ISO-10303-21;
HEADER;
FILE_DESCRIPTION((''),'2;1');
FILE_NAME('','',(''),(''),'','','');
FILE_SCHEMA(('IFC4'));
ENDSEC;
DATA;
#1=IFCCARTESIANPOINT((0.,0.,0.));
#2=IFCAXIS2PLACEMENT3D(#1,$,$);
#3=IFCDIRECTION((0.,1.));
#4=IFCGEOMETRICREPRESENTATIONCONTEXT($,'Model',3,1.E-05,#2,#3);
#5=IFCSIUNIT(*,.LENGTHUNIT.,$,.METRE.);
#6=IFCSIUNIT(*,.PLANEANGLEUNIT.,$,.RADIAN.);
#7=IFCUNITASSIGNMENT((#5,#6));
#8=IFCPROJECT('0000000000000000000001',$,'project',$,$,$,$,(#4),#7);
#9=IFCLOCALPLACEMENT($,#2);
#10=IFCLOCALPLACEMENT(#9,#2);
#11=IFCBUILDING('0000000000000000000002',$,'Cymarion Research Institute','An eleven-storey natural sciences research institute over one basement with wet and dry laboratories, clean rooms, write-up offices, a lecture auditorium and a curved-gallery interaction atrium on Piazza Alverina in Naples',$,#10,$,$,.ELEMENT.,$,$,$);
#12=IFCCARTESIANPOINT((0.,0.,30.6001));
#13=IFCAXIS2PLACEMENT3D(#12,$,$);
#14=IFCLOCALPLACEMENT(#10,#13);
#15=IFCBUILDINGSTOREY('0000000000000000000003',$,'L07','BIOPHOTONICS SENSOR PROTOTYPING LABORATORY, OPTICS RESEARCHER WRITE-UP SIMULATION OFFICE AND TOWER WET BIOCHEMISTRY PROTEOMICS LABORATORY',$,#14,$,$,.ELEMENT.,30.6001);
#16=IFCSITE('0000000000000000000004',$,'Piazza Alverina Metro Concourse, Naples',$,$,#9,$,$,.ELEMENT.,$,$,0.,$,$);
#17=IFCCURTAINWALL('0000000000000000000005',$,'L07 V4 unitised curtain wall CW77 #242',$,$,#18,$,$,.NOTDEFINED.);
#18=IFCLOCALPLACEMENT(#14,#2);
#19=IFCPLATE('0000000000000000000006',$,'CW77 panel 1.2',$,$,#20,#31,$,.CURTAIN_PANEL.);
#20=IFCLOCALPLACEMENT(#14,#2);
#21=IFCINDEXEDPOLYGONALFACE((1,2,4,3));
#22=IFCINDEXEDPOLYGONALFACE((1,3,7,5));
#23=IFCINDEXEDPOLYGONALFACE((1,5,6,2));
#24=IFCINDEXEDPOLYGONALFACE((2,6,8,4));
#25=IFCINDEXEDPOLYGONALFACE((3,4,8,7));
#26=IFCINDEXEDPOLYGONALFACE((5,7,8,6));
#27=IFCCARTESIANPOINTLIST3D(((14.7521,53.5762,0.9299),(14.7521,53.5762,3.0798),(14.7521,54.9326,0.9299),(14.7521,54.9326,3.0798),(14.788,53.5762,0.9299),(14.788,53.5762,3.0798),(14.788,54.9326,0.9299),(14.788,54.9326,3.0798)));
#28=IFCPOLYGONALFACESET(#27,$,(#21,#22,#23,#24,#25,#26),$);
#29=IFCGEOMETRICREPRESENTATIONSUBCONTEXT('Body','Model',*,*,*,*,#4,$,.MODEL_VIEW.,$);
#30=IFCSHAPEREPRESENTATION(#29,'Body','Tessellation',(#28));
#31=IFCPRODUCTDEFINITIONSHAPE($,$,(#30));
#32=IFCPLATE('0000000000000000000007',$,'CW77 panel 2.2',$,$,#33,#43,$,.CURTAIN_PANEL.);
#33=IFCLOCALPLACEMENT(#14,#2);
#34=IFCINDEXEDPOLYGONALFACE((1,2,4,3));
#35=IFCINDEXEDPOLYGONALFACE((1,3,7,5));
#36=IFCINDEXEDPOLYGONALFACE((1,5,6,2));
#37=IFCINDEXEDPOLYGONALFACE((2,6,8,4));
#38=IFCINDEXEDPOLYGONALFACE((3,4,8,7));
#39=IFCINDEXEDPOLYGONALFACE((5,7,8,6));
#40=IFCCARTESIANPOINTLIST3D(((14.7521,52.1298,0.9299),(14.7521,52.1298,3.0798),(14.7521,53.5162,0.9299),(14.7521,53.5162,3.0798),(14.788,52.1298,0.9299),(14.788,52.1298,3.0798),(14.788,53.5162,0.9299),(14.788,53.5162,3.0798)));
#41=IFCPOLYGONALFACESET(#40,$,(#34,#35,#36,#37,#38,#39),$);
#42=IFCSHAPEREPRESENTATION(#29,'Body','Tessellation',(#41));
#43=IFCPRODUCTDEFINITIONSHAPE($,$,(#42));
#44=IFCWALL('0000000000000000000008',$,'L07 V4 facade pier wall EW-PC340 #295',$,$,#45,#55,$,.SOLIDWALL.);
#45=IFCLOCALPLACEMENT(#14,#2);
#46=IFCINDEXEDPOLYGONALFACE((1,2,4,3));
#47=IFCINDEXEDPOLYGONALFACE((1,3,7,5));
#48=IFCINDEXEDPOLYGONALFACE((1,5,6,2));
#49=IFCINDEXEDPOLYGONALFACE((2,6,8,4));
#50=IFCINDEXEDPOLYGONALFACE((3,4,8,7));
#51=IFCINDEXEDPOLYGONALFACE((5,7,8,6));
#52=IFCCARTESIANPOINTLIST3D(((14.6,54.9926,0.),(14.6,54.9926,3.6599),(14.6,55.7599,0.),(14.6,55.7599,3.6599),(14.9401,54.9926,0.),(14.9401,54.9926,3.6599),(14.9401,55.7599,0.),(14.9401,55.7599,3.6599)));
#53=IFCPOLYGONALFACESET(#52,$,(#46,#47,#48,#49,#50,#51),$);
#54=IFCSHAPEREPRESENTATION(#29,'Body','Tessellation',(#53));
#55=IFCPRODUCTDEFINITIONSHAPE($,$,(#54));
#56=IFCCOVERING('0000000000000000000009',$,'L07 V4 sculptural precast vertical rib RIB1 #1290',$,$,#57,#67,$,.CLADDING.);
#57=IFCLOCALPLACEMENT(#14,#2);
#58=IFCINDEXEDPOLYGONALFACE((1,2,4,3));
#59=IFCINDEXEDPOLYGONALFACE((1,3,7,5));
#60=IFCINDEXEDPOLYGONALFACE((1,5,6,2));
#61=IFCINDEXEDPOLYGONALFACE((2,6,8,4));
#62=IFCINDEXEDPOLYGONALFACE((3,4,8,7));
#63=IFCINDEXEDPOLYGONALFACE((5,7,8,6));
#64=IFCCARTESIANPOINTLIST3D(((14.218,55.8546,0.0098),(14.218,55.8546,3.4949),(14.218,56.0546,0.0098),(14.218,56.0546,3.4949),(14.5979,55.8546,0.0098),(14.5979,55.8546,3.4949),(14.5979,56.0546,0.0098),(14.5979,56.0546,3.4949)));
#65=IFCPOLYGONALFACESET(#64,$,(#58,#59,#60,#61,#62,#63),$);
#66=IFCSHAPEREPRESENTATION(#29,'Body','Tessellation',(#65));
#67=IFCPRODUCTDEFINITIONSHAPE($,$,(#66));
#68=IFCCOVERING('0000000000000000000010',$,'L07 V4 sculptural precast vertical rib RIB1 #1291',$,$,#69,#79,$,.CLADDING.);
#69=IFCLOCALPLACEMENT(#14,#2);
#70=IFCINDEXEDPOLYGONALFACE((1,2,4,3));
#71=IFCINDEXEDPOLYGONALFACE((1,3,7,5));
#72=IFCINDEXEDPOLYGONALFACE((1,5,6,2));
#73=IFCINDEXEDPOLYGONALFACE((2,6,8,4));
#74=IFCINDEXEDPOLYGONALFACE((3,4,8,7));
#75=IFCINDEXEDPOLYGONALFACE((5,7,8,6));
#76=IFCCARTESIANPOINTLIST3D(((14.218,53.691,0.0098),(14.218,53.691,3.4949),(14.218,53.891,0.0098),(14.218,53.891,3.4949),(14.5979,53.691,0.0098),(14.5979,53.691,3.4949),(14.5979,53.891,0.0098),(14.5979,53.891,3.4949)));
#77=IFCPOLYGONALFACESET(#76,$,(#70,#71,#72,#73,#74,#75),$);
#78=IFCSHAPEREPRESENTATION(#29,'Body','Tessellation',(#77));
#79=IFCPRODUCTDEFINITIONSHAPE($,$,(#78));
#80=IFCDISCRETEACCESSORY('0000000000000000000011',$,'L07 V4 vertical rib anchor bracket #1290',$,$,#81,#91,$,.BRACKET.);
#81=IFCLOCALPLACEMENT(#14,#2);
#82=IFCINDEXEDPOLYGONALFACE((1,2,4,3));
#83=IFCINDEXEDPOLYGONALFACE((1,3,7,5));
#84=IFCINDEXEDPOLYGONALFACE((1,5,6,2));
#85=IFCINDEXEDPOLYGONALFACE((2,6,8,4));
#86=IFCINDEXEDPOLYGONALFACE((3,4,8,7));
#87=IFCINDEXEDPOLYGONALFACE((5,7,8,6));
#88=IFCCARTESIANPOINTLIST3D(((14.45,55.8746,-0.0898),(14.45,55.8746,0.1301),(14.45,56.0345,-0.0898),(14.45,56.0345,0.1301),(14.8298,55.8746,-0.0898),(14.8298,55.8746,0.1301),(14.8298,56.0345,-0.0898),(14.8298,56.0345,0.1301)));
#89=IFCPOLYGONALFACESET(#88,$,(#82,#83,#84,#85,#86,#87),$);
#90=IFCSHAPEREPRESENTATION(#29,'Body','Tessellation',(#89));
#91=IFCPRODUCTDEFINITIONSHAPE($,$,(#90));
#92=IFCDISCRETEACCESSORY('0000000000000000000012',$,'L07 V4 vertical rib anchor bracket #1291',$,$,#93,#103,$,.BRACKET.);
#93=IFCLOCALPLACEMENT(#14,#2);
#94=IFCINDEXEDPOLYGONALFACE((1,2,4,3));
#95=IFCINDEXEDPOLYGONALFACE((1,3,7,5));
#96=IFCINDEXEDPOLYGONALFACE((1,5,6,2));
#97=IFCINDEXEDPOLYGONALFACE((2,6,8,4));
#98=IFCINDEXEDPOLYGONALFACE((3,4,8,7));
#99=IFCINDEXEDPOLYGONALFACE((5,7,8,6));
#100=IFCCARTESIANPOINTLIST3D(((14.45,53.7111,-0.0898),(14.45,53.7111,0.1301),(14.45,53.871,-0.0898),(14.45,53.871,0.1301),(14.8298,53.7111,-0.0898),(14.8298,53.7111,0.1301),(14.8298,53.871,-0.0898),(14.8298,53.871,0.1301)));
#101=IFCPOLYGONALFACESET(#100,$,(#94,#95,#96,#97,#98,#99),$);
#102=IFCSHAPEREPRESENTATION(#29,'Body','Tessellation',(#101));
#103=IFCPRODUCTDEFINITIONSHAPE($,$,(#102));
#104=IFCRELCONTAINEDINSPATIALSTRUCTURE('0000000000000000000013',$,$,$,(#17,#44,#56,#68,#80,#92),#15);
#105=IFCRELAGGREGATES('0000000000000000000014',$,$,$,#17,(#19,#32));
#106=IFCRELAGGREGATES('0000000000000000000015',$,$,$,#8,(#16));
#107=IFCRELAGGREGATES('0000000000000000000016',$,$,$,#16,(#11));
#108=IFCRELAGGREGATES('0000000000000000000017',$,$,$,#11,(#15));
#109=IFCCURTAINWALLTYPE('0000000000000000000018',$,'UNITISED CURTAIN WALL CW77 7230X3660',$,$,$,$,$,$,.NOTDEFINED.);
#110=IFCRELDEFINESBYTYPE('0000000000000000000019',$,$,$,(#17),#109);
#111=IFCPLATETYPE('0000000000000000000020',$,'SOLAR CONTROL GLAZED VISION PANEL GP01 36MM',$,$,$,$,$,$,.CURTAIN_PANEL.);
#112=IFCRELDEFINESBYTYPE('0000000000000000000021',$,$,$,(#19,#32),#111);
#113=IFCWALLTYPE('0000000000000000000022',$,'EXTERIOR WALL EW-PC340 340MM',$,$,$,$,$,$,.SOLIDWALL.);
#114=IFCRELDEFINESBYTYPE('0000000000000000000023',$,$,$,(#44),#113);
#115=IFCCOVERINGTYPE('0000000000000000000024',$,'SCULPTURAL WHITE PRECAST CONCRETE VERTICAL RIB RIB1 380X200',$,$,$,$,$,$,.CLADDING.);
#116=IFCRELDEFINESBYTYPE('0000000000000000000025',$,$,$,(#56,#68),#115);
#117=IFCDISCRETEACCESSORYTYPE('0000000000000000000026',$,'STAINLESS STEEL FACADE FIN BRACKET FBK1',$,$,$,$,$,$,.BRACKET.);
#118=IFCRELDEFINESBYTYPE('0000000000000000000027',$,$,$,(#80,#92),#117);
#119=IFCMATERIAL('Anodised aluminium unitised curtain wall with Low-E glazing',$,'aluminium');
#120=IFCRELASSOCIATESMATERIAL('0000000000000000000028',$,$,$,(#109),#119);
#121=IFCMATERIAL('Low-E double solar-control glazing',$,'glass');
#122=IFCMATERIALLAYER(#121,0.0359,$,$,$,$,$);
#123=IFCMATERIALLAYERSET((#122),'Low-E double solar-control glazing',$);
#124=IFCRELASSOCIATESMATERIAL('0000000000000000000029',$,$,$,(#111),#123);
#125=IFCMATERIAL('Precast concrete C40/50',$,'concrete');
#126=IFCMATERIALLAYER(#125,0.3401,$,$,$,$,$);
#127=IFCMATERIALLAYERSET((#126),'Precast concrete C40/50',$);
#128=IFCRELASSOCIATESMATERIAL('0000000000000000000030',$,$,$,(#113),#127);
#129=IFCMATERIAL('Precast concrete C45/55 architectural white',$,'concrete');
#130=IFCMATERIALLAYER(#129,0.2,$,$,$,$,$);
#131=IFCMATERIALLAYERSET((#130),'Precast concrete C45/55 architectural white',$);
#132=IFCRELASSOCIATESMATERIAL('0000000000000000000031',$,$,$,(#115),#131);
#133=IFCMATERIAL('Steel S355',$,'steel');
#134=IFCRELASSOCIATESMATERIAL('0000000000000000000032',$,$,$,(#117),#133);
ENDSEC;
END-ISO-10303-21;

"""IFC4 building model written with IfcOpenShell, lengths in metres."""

from ifc_helpers import new_model, si_unit, direction, frame, frame_2d, origin, origin_2d, place, context, subcontext, project, spatial, rectangle, extrude, material, layer, layer_set, type_object, element, aggregate, save


model = new_model("IFC4")

# Units and contexts
model_context = context("Model", 3, precision=1e-05, world=origin(), true_north=direction((0.0, 1.0)))
body_context = subcontext(model_context, "Body", "Model", "MODEL_VIEW")
ifc_project = project(units=[si_unit("LENGTHUNIT", "METRE"), si_unit("PLANEANGLEUNIT", "RADIAN")], contexts=[model_context])

# Site, building, storey
site_placement = place(None, origin())
site = spatial("IfcSite", under=ifc_project, at=site_placement, Name="Piazza Alverina Metro Concourse, Naples", CompositionType="ELEMENT", RefElevation=0.0)
building_placement = place(site_placement, origin())
building = spatial("IfcBuilding", under=site, at=building_placement, Name="Cymarion Research Institute", Description="An eleven-storey natural sciences research institute over one basement with wet and dry laboratories, clean rooms, write-up offices, a lecture auditorium and a curved-gallery interaction atrium on Piazza Alverina in Naples", CompositionType="ELEMENT")
storey_placement = place(building_placement, frame((0.0, 0.0, 30.6001)))
storey = spatial("IfcBuildingStorey", under=building, at=storey_placement, Name="L07", Description="BIOPHOTONICS SENSOR PROTOTYPING LABORATORY, OPTICS RESEARCHER WRITE-UP SIMULATION OFFICE AND TOWER WET BIOCHEMISTRY PROTEOMICS LABORATORY", CompositionType="ELEMENT", Elevation=30.6001)

# Shared definitions
ifc_material_1 = material(Name="Anodised aluminium unitised curtain wall with Low-E glazing", Category="aluminium")

# Curtain wall
curtain_wall_type_1 = type_object("IfcCurtainWallType", Name="UNITISED CURTAIN WALL CW77 7230X3660", PredefinedType="NOTDEFINED", material=ifc_material_1)
curtain_wall_1_placement = place(storey_placement, origin())
curtain_wall_1 = element("IfcCurtainWall", 1, at=curtain_wall_1_placement, inside=storey, type_object=curtain_wall_type_1, Name="L07 V4 unitised curtain wall CW77 #242", PredefinedType="NOTDEFINED")

# Shared definitions
ifc_material_2 = material(Name="Steel S355", Category="steel")

# Plates
ifc_material_3 = material(Name="Low-E double solar-control glazing", Category="glass")
ifc_layer_1 = layer(ifc_material_3, 0.0359)
ifc_layer_set_1 = layer_set([ifc_layer_1], Name="Low-E double solar-control glazing")
plate_type_1 = type_object("IfcPlateType", Name="SOLAR CONTROL GLAZED VISION PANEL GP01 36MM", PredefinedType="CURTAIN_PANEL", material=ifc_layer_set_1)
plate_1_placement = place(storey_placement, frame((14.77, 54.2544, 0.9299), z_axis=(0.0, 0.0, 1.0), x_axis=(0.0, -1.0, 0.0)))
plate_1 = element("IfcPlate", 2, at=plate_1_placement, type_object=plate_type_1, Name="CW77 panel 1.2", PredefinedType="CURTAIN_PANEL", context=body_context, shape_type="SweptSolid", body=[
    extrude(rectangle(XDim=1.3564, YDim=0.0359, at=origin_2d()), origin(), (0.0, 0.0, 1.0), 2.1499),
])
plate_2_placement = place(storey_placement, frame((14.77, 52.823, 0.9299), z_axis=(0.0, 0.0, 1.0), x_axis=(0.0, -1.0, 0.0)))
plate_2 = element("IfcPlate", 3, at=plate_2_placement, type_object=plate_type_1, Name="CW77 panel 2.2", PredefinedType="CURTAIN_PANEL", context=body_context, shape_type="SweptSolid", body=[
    extrude(rectangle(XDim=1.3865, YDim=0.0359, at=origin_2d()), origin(), (0.0, 0.0, 1.0), 2.1499),
])
aggregate(curtain_wall_1, [plate_1, plate_2])

# Wall
ifc_material_4 = material(Name="Precast concrete C40/50", Category="concrete")
ifc_layer_2 = layer(ifc_material_4, 0.3401)
ifc_layer_set_2 = layer_set([ifc_layer_2], Name="Precast concrete C40/50")
wall_type = type_object("IfcWallType", Name="EXTERIOR WALL EW-PC340 340MM", PredefinedType="SOLIDWALL", material=ifc_layer_set_2)
wall_placement = place(storey_placement, frame((14.77, 55.76, 0.0), z_axis=(0.0, 0.0, 1.0), x_axis=(0.0, -1.0, 0.0)))
element("IfcWall", 4, at=wall_placement, inside=storey, type_object=wall_type, Name="L07 V4 facade pier wall EW-PC340 #295", PredefinedType="SOLIDWALL", context=body_context, shape_type="SweptSolid", body=[
    extrude(rectangle(XDim=0.7673, YDim=0.3401, at=frame_2d((0.3838, 0.0))), origin(), (0.0, 0.0, 1.0), 3.6599),
])

# Coverings
ifc_material_5 = material(Name="Precast concrete C45/55 architectural white", Category="concrete")
ifc_layer_3 = layer(ifc_material_5, 0.2)
ifc_layer_set_3 = layer_set([ifc_layer_3], Name="Precast concrete C45/55 architectural white")
covering_type = type_object("IfcCoveringType", Name="SCULPTURAL WHITE PRECAST CONCRETE VERTICAL RIB RIB1 380X200", PredefinedType="CLADDING", material=ifc_layer_set_3)
for number, where, z_axis, x_axis, name in (
    (5, (14.408, 55.9546, 0.0098), (0.0, 0.0, 1.0), (-1.0, 0.0, 0.0), "L07 V4 sculptural precast vertical rib RIB1 #1290"),
    (6, (14.408, 53.791, 0.0098), (0.0, 0.0, 1.0), (-1.0, 0.0, 0.0), "L07 V4 sculptural precast vertical rib RIB1 #1291"),
):
    element("IfcCovering", number, at=place(storey_placement, frame(where, z_axis=z_axis, x_axis=x_axis)), inside=storey, type_object=covering_type, Name=name, PredefinedType="CLADDING", context=body_context, shape_type="SweptSolid", body=[
        extrude(rectangle(XDim=0.3799, YDim=0.2, at=origin_2d()), origin(), (0.0, 0.0, 1.0), 3.4851),
    ])

# Discrete accessories
discrete_accessory_type = type_object("IfcDiscreteAccessoryType", Name="STAINLESS STEEL FACADE FIN BRACKET FBK1", PredefinedType="BRACKET", material=ifc_material_2)
for number, where, z_axis, x_axis, name in (
    (7, (14.6399, 55.9546, -0.0898), (0.0, 0.0, 1.0), (-1.0, 0.0, 0.0), "L07 V4 vertical rib anchor bracket #1290"),
    (8, (14.6399, 53.791, -0.0898), (0.0, 0.0, 1.0), (-1.0, 0.0, 0.0), "L07 V4 vertical rib anchor bracket #1291"),
):
    element("IfcDiscreteAccessory", number, at=place(storey_placement, frame(where, z_axis=z_axis, x_axis=x_axis)), inside=storey, type_object=discrete_accessory_type, Name=name, PredefinedType="BRACKET", context=body_context, shape_type="SweptSolid", body=[
        extrude(rectangle(XDim=0.3799, YDim=0.1599, at=origin_2d()), origin(), (0.0, 0.0, 1.0), 0.22),
    ])

save(model, "model.ifc")
